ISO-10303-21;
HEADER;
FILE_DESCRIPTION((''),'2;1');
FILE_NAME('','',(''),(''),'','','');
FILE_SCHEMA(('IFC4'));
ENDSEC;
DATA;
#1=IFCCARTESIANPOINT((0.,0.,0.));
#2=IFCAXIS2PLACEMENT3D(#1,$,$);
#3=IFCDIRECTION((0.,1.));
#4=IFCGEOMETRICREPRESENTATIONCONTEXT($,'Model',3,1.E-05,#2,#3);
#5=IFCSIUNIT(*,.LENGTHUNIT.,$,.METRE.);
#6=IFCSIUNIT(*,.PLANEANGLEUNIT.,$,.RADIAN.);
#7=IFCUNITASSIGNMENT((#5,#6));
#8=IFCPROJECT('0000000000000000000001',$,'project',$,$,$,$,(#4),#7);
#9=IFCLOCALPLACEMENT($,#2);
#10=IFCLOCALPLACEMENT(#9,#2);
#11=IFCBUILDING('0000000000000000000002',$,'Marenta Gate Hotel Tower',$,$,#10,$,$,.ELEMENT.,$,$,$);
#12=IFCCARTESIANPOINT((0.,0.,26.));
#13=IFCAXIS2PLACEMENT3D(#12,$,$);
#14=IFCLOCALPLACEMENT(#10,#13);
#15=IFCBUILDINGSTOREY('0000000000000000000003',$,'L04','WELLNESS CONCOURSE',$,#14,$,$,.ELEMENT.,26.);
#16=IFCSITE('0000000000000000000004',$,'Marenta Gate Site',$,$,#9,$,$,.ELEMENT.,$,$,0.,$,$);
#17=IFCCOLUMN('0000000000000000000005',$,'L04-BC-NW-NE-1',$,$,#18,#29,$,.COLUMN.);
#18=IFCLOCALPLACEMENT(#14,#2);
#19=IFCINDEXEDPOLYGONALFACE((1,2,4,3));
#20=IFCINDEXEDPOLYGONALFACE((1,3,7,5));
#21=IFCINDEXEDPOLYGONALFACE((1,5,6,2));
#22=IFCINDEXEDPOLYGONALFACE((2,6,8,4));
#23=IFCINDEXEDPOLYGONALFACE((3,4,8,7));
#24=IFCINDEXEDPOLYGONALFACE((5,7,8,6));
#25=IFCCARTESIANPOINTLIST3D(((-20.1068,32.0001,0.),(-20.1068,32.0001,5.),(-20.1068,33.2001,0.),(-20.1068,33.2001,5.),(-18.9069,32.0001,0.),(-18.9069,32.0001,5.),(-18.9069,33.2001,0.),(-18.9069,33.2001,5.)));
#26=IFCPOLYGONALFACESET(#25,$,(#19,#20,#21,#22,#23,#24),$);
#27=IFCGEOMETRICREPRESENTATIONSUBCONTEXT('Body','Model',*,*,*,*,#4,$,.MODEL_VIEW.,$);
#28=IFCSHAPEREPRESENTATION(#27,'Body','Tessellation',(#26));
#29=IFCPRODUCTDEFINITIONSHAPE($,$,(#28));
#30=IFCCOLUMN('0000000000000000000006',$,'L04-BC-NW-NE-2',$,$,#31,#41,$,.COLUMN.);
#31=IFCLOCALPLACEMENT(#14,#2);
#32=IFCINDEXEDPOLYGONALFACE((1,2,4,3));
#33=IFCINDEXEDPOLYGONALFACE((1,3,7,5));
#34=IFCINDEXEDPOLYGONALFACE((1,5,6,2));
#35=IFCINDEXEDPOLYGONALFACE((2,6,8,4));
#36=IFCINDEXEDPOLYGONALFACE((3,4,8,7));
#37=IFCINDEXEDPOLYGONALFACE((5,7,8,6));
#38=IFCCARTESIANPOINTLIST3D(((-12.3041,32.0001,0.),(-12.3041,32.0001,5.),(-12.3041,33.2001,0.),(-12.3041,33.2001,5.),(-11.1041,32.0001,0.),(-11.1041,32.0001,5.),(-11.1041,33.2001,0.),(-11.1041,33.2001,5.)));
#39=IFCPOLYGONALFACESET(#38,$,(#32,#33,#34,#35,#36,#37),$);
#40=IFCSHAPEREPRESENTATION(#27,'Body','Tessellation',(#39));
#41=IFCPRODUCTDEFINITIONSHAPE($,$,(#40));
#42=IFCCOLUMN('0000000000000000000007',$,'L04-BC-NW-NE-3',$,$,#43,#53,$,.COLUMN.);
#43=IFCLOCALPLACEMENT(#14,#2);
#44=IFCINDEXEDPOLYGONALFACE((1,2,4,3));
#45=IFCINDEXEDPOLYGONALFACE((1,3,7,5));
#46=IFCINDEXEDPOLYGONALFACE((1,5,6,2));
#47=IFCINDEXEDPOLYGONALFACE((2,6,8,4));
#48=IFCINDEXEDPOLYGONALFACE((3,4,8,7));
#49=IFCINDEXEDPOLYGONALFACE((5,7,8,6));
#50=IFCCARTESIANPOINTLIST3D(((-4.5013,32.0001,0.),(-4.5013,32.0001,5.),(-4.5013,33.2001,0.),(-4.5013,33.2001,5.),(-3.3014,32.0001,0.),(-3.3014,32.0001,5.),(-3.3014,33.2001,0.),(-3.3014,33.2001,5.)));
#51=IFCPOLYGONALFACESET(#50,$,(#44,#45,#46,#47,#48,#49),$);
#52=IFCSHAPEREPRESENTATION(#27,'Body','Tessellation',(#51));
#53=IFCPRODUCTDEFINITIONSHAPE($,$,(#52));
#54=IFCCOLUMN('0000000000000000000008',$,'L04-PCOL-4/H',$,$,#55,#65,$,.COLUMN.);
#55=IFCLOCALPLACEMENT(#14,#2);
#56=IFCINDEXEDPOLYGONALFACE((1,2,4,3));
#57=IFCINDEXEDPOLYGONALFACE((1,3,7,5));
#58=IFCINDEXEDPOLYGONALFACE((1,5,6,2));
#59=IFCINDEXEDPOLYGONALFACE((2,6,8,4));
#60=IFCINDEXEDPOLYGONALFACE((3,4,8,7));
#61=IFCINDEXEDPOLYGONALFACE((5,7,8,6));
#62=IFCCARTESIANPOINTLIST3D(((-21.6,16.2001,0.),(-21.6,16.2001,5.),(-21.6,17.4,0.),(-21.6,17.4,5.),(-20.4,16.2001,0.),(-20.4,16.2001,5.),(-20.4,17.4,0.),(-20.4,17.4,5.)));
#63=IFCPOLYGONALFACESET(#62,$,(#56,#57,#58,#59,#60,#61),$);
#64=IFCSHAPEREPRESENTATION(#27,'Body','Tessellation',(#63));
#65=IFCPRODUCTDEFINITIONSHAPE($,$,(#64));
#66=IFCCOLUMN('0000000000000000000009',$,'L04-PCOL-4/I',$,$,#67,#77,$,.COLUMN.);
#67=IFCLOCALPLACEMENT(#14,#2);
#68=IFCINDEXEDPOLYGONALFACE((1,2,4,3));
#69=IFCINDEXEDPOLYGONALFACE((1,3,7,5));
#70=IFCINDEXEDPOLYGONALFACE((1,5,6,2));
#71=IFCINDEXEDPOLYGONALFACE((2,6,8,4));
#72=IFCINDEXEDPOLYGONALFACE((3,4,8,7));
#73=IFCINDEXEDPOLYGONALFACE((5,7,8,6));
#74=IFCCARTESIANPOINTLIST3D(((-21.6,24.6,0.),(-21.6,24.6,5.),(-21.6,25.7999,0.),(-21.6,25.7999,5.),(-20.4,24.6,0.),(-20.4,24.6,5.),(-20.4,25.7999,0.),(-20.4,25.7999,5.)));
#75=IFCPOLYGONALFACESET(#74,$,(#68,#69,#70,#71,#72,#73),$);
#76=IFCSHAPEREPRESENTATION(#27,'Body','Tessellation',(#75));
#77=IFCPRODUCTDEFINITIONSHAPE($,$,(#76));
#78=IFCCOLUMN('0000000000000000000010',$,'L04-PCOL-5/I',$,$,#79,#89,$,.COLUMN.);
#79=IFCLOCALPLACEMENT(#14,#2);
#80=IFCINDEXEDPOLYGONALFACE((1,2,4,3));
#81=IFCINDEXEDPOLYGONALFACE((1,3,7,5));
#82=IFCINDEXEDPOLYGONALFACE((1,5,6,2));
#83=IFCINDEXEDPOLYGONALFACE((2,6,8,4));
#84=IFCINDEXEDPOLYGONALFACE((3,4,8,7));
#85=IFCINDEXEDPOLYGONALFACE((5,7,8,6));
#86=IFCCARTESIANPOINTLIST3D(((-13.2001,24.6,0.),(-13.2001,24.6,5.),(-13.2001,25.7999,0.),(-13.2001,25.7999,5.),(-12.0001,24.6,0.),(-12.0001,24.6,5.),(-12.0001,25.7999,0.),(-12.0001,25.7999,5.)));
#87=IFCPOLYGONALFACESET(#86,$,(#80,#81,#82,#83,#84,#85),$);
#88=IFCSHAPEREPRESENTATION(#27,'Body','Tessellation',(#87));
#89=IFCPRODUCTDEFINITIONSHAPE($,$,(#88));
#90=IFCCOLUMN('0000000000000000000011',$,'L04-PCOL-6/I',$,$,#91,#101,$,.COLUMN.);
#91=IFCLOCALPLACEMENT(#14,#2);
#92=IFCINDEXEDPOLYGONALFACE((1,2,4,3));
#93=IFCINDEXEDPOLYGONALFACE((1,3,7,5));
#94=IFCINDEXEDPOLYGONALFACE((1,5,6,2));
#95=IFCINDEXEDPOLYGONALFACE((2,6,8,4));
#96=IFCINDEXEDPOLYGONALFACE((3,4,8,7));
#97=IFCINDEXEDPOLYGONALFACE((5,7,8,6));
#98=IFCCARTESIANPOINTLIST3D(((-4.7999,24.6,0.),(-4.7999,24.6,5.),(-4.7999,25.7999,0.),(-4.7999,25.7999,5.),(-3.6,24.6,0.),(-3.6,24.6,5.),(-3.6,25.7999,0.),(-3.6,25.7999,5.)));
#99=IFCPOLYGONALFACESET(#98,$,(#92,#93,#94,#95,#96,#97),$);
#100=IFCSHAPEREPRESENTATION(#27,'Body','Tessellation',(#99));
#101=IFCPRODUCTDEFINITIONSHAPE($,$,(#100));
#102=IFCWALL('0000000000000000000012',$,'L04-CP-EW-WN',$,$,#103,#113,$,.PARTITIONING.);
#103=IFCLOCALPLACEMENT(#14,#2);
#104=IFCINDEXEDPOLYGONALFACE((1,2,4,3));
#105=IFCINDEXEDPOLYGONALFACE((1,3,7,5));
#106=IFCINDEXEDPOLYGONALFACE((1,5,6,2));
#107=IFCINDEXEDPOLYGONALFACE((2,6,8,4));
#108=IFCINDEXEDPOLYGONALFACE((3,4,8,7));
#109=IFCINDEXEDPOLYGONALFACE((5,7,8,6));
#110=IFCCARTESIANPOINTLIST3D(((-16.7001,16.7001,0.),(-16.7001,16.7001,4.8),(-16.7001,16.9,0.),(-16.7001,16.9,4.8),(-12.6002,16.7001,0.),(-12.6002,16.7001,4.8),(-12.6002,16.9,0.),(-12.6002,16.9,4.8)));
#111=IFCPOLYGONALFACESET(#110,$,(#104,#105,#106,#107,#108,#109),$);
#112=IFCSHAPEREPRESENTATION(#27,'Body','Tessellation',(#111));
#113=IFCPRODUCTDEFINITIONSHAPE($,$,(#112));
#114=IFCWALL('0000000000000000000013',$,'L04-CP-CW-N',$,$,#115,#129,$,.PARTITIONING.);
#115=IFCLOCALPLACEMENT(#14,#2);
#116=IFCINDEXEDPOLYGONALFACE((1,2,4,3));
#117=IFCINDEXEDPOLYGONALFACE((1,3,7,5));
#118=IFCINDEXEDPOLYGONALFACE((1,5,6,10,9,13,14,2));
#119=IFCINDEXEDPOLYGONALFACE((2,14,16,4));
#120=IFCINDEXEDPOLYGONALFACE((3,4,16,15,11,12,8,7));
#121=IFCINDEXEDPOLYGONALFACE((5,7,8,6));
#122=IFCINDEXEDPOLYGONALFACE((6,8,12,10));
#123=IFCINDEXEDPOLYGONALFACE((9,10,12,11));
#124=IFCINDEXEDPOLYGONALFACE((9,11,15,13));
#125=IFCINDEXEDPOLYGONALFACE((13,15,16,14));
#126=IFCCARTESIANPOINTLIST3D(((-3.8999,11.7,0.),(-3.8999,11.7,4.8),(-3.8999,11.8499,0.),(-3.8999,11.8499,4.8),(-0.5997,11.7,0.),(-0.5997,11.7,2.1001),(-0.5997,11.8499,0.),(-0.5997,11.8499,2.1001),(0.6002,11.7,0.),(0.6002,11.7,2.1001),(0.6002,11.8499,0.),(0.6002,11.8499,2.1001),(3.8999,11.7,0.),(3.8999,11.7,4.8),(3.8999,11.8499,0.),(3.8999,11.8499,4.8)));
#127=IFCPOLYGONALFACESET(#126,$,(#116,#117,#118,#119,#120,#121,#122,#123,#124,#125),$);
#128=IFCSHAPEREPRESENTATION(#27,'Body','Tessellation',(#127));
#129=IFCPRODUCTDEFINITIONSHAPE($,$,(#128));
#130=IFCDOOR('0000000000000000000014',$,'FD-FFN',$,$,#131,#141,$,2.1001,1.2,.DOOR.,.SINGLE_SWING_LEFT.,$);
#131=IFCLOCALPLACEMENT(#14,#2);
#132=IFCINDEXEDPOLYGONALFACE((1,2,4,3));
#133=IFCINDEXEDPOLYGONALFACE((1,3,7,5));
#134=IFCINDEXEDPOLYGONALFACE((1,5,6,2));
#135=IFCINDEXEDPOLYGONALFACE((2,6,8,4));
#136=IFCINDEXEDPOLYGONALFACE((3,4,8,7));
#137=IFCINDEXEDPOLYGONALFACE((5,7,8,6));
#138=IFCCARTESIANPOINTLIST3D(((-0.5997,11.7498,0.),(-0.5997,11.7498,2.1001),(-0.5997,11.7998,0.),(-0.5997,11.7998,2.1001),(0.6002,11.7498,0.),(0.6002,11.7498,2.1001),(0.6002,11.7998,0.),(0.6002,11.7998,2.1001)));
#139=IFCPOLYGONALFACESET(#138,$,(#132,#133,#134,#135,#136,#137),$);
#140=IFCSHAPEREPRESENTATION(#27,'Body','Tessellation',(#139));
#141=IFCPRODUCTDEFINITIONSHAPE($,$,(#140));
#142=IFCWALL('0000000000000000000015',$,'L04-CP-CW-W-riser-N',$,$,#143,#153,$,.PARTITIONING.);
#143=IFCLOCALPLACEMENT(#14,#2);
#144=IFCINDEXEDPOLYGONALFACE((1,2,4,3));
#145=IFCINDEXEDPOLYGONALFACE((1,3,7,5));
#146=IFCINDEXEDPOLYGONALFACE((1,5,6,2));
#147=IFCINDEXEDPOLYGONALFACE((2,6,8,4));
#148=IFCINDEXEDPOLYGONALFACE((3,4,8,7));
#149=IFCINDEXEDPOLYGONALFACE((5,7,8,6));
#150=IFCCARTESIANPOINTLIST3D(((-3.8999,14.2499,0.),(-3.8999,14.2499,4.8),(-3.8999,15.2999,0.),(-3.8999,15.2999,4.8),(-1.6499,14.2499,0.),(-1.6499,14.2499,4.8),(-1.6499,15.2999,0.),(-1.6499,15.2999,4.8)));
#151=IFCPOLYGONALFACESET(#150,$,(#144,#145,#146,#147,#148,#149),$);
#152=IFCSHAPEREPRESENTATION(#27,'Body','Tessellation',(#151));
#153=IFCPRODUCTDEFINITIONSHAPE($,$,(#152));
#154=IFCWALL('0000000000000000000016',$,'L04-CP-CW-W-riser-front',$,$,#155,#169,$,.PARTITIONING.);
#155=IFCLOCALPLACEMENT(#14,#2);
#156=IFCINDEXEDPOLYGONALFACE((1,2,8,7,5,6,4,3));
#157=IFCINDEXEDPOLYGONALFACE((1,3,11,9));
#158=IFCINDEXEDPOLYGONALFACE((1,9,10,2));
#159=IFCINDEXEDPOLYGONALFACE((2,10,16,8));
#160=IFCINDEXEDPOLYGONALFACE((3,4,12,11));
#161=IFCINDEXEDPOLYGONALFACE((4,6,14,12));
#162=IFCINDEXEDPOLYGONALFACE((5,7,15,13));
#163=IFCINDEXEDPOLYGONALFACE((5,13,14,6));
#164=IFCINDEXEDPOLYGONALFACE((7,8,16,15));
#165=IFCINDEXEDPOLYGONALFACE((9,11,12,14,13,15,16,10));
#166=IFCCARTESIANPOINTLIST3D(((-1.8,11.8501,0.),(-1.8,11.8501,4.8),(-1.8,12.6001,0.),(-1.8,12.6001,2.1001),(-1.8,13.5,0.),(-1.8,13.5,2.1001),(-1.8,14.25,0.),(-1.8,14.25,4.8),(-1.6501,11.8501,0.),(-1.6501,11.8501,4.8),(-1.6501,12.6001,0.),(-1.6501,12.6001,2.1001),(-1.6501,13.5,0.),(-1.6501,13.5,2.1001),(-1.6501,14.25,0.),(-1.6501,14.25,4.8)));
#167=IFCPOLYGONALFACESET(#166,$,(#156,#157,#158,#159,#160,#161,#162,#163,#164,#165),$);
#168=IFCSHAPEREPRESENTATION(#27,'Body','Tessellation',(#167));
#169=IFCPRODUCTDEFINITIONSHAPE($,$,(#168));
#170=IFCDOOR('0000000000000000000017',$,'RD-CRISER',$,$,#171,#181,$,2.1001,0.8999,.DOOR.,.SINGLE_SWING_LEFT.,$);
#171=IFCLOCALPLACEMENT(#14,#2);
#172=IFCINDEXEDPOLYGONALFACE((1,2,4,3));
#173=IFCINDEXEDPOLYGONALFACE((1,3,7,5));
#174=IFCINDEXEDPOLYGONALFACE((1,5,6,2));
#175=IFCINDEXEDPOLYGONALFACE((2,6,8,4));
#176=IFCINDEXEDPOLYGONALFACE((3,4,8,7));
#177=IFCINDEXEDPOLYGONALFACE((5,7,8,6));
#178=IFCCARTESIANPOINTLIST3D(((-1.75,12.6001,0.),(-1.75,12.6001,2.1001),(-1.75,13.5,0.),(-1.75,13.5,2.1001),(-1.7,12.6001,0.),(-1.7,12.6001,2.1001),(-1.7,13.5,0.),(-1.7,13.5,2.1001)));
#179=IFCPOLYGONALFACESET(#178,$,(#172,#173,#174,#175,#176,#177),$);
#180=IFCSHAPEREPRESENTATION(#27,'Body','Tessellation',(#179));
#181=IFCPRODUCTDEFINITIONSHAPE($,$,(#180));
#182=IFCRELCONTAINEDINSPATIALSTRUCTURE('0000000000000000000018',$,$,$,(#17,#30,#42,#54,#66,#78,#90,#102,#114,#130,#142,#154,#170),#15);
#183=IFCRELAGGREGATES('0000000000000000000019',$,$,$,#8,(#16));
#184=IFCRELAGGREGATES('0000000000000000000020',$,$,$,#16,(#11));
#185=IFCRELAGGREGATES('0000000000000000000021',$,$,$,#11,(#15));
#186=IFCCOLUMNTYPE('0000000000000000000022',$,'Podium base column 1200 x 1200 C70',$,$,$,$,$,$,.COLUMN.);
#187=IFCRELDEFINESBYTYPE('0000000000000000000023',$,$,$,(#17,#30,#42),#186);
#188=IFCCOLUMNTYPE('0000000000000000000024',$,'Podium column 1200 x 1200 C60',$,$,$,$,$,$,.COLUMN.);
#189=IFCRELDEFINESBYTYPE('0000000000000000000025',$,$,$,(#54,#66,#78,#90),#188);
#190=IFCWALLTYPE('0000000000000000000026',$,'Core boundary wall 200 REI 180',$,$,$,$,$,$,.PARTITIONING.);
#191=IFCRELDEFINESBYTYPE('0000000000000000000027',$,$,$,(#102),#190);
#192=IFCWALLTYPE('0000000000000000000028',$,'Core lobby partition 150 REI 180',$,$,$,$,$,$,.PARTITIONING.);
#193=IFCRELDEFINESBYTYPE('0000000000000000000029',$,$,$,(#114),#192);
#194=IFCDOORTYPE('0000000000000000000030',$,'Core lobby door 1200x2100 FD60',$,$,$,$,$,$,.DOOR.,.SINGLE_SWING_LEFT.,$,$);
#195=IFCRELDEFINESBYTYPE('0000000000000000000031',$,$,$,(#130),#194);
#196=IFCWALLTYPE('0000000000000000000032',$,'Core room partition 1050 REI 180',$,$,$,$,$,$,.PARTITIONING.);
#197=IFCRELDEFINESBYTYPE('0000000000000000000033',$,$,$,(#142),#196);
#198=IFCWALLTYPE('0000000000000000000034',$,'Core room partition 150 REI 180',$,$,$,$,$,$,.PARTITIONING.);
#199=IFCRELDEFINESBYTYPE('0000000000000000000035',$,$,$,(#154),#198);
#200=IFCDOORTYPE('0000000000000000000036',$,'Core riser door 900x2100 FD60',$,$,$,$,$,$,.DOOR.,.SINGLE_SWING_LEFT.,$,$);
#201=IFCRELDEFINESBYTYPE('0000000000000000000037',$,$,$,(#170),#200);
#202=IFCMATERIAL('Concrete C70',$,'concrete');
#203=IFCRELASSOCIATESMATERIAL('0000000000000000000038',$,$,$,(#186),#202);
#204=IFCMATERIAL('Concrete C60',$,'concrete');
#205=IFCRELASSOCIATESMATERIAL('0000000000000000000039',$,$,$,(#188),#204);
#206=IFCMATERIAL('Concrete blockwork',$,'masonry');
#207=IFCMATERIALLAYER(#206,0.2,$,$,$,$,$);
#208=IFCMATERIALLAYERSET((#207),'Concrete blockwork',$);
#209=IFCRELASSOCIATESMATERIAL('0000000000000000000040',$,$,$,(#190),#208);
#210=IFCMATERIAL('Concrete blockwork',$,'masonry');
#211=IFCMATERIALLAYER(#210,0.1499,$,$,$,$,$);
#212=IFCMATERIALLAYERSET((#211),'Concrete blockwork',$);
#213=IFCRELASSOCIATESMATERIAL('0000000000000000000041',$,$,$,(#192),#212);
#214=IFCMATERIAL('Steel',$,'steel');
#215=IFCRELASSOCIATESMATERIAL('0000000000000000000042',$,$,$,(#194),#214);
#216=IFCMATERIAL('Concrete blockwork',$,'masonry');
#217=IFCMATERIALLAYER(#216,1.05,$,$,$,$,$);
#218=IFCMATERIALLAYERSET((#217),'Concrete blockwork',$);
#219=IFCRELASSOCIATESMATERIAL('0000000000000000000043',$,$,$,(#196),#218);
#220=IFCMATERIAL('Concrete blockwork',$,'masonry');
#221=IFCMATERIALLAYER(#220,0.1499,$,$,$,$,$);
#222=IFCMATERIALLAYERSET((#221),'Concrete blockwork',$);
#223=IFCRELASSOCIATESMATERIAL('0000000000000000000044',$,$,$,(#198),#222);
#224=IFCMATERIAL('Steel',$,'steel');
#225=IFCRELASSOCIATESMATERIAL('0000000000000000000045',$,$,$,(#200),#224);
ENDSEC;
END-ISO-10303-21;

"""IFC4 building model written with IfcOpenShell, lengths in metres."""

from ifc_helpers import new_model, si_unit, direction, frame, frame_2d, origin, origin_2d, place, context, subcontext, project, spatial, rectangle, extrude, material, layer, layer_set, material_profile, profile_set, type_object, element, fill, save


model = new_model("IFC4")

# Units and contexts
model_context = context("Model", 3, precision=1e-05, world=origin(), true_north=direction((0.0, 1.0)))
body_context = subcontext(model_context, "Body", "Model", "MODEL_VIEW")
ifc_project = project(units=[si_unit("LENGTHUNIT", "METRE"), si_unit("PLANEANGLEUNIT", "RADIAN")], contexts=[model_context])

# Site, building, storey
site_placement = place(None, origin())
site = spatial("IfcSite", under=ifc_project, at=site_placement, Name="Marenta Gate Site", CompositionType="ELEMENT", RefElevation=0.0)
building_placement = place(site_placement, origin())
building = spatial("IfcBuilding", under=site, at=building_placement, Name="Marenta Gate Hotel Tower", CompositionType="ELEMENT")
storey_placement = place(building_placement, frame((0.0, 0.0, 26.0)))
storey = spatial("IfcBuildingStorey", under=building, at=storey_placement, Name="L04", Description="WELLNESS CONCOURSE", CompositionType="ELEMENT", Elevation=26.0)

# Columns
ifc_material_1 = material(Name="Concrete C70", Category="concrete")
ifc_material_profile_1 = material_profile(ifc_material_1, rectangle(XDim=1.2, YDim=1.2, at=origin_2d()), Name="1200 x 1200")
ifc_profile_set_1 = profile_set([ifc_material_profile_1], Name="Concrete C70")
column_type_1 = type_object("IfcColumnType", Name="Podium base column 1200 x 1200 C70", PredefinedType="COLUMN", material=ifc_profile_set_1)
for number, where, z_axis, x_axis, name in (
    (1, (-19.5068, 32.6001, 0.0), (0.0, 0.0, 1.0), (1.0, 0.0, 0.0), "L04-BC-NW-NE-1"),
    (2, (-11.7041, 32.6001, 0.0), (0.0, 0.0, 1.0), (1.0, 0.0, 0.0), "L04-BC-NW-NE-2"),
    (3, (-3.9014, 32.6001, 0.0), (0.0, 0.0, 1.0), (1.0, 0.0, 0.0), "L04-BC-NW-NE-3"),
):
    element("IfcColumn", number, at=place(storey_placement, frame(where, z_axis=z_axis, x_axis=x_axis)), inside=storey, type_object=column_type_1, Name=name, PredefinedType="COLUMN", context=body_context, shape_type="SweptSolid", body=[
        extrude(rectangle(XDim=1.2, YDim=1.2, at=origin_2d()), origin(), (0.0, 0.0, 1.0), 5.0),
    ])
ifc_material_2 = material(Name="Concrete C60", Category="concrete")
ifc_material_profile_2 = material_profile(ifc_material_2, rectangle(XDim=1.2, YDim=1.2, at=origin_2d()), Name="1200 x 1200")
ifc_profile_set_2 = profile_set([ifc_material_profile_2], Name="Concrete C60")
column_type_2 = type_object("IfcColumnType", Name="Podium column 1200 x 1200 C60", PredefinedType="COLUMN", material=ifc_profile_set_2)
for number, where, z_axis, x_axis, name in (
    (4, (-21.0, 16.8, 0.0), (0.0, 0.0, 1.0), (1.0, 0.0, 0.0), "L04-PCOL-4/H"),
    (5, (-21.0, 25.2, 0.0), (0.0, 0.0, 1.0), (1.0, 0.0, 0.0), "L04-PCOL-4/I"),
    (6, (-12.6001, 25.2, 0.0), (0.0, 0.0, 1.0), (1.0, 0.0, 0.0), "L04-PCOL-5/I"),
    (7, (-4.2, 25.2, 0.0), (0.0, 0.0, 1.0), (1.0, 0.0, 0.0), "L04-PCOL-6/I"),
):
    element("IfcColumn", number, at=place(storey_placement, frame(where, z_axis=z_axis, x_axis=x_axis)), inside=storey, type_object=column_type_2, Name=name, PredefinedType="COLUMN", context=body_context, shape_type="SweptSolid", body=[
        extrude(rectangle(XDim=1.2, YDim=1.2, at=origin_2d()), origin(), (0.0, 0.0, 1.0), 5.0),
    ])

# Wall
ifc_material_3 = material(Name="Concrete blockwork", Category="masonry")
ifc_layer_1 = layer(ifc_material_3, 0.2)
ifc_layer_set_1 = layer_set([ifc_layer_1], Name="Concrete blockwork")
wall_type_1 = type_object("IfcWallType", Name="Core boundary wall 200 REI 180", PredefinedType="PARTITIONING", material=ifc_layer_set_1)
wall_1_placement = place(storey_placement, frame((-16.7, 16.8, 0.0), z_axis=(0.0, 0.0, 1.0), x_axis=(1.0, 0.0, 0.0)))
element("IfcWall", 8, at=wall_1_placement, inside=storey, type_object=wall_type_1, Name="L04-CP-EW-WN", PredefinedType="PARTITIONING", context=body_context, shape_type="SweptSolid", body=[
    extrude(rectangle(XDim=4.0999, YDim=0.2, at=frame_2d((2.0498, 0.0))), origin(), (0.0, 0.0, 1.0), 4.8),
])

# Wall, opening, door
ifc_material_4 = material(Name="Concrete blockwork", Category="masonry")
ifc_layer_2 = layer(ifc_material_4, 0.1499)
ifc_layer_set_2 = layer_set([ifc_layer_2], Name="Concrete blockwork")
wall_type_2 = type_object("IfcWallType", Name="Core lobby partition 150 REI 180", PredefinedType="PARTITIONING", material=ifc_layer_set_2)
wall_2_placement = place(storey_placement, frame((-3.8999, 11.7749, 0.0), z_axis=(0.0, 0.0, 1.0), x_axis=(1.0, 0.0, 0.0)))
wall_2 = element("IfcWall", 9, at=wall_2_placement, inside=storey, type_object=wall_type_2, Name="L04-CP-CW-N", PredefinedType="PARTITIONING", context=body_context, shape_type="SweptSolid", body=[
    extrude(rectangle(XDim=7.7998, YDim=0.1499, at=frame_2d((3.8999, 0.0))), origin(), (0.0, 0.0, 1.0), 4.8),
])
opening_1_placement = place(wall_2_placement, frame((3.3, 0.0, 0.0)))
opening_1 = element("IfcOpeningElement", 10, at=opening_1_placement, cuts=wall_2, PredefinedType="OPENING", context=body_context, shape_type="SweptSolid", body=[
    extrude(rectangle(XDim=1.2, YDim=2.1001, at=frame_2d((0.6001, 1.05))), frame((0.0, 0.075, 0.0), z_axis=(0.0, -1.0, 0.0), x_axis=(1.0, 0.0, 0.0)), (0.0, 0.0, 1.0), 0.1499),
])
ifc_material_5 = material(Name="Steel", Category="steel")
door_type_1 = type_object("IfcDoorType", Name="Core lobby door 1200x2100 FD60", OperationType="SINGLE_SWING_LEFT", PredefinedType="DOOR", material=ifc_material_5)
door_1_placement = place(opening_1_placement, origin())
door_1 = element("IfcDoor", 11, at=door_1_placement, inside=storey, type_object=door_type_1, Name="FD-FFN", OperationType="SINGLE_SWING_LEFT", OverallHeight=2.1001, OverallWidth=1.2, PredefinedType="DOOR", context=body_context, shape_type="SweptSolid", body=[
    extrude(rectangle(XDim=1.2, YDim=2.1001, at=frame_2d((0.6001, 1.05))), frame((0.0, 0.0249, 0.0), z_axis=(0.0, -1.0, 0.0), x_axis=(1.0, 0.0, 0.0)), (0.0, 0.0, 1.0), 0.05),
])
fill(opening_1, door_1)

# Wall
ifc_material_6 = material(Name="Concrete blockwork", Category="masonry")
ifc_layer_3 = layer(ifc_material_6, 1.05)
ifc_layer_set_3 = layer_set([ifc_layer_3], Name="Concrete blockwork")
wall_type_3 = type_object("IfcWallType", Name="Core room partition 1050 REI 180", PredefinedType="PARTITIONING", material=ifc_layer_set_3)
wall_3_placement = place(storey_placement, frame((-3.8999, 14.7749, 0.0), z_axis=(0.0, 0.0, 1.0), x_axis=(1.0, 0.0, 0.0)))
element("IfcWall", 12, at=wall_3_placement, inside=storey, type_object=wall_type_3, Name="L04-CP-CW-W-riser-N", PredefinedType="PARTITIONING", context=body_context, shape_type="SweptSolid", body=[
    extrude(rectangle(XDim=2.25, YDim=1.05, at=frame_2d((1.125, 0.0))), origin(), (0.0, 0.0, 1.0), 4.8),
])

# Wall, opening, door
ifc_material_7 = material(Name="Concrete blockwork", Category="masonry")
ifc_layer_4 = layer(ifc_material_7, 0.1499)
ifc_layer_set_4 = layer_set([ifc_layer_4], Name="Concrete blockwork")
wall_type_4 = type_object("IfcWallType", Name="Core room partition 150 REI 180", PredefinedType="PARTITIONING", material=ifc_layer_set_4)
wall_4_placement = place(storey_placement, frame((-1.7251, 11.8501, 0.0), z_axis=(0.0, 0.0, 1.0), x_axis=(0.0, 1.0, 0.0)))
wall_4 = element("IfcWall", 13, at=wall_4_placement, inside=storey, type_object=wall_type_4, Name="L04-CP-CW-W-riser-front", PredefinedType="PARTITIONING", context=body_context, shape_type="SweptSolid", body=[
    extrude(rectangle(XDim=2.3999, YDim=0.1499, at=frame_2d((1.2, 0.0))), origin(), (0.0, 0.0, 1.0), 4.8),
])
opening_2_placement = place(wall_4_placement, frame((0.75, 0.0, 0.0)))
opening_2 = element("IfcOpeningElement", 14, at=opening_2_placement, cuts=wall_4, PredefinedType="OPENING", context=body_context, shape_type="SweptSolid", body=[
    extrude(rectangle(XDim=0.8999, YDim=2.1001, at=frame_2d((0.45, 1.05))), frame((0.0, 0.075, 0.0), z_axis=(0.0, -1.0, 0.0), x_axis=(1.0, 0.0, 0.0)), (0.0, 0.0, 1.0), 0.1499),
])
ifc_material_8 = material(Name="Steel", Category="steel")
door_type_2 = type_object("IfcDoorType", Name="Core riser door 900x2100 FD60", OperationType="SINGLE_SWING_LEFT", PredefinedType="DOOR", material=ifc_material_8)
door_2_placement = place(opening_2_placement, origin())
door_2 = element("IfcDoor", 15, at=door_2_placement, inside=storey, type_object=door_type_2, Name="RD-CRISER", OperationType="SINGLE_SWING_LEFT", OverallHeight=2.1001, OverallWidth=0.8999, PredefinedType="DOOR", context=body_context, shape_type="SweptSolid", body=[
    extrude(rectangle(XDim=0.8999, YDim=2.1001, at=frame_2d((0.45, 1.05))), frame((0.0, 0.0249, 0.0), z_axis=(0.0, -1.0, 0.0), x_axis=(1.0, 0.0, 0.0)), (0.0, 0.0, 1.0), 0.05),
])
fill(opening_2, door_2)

save(model, "model.ifc")
